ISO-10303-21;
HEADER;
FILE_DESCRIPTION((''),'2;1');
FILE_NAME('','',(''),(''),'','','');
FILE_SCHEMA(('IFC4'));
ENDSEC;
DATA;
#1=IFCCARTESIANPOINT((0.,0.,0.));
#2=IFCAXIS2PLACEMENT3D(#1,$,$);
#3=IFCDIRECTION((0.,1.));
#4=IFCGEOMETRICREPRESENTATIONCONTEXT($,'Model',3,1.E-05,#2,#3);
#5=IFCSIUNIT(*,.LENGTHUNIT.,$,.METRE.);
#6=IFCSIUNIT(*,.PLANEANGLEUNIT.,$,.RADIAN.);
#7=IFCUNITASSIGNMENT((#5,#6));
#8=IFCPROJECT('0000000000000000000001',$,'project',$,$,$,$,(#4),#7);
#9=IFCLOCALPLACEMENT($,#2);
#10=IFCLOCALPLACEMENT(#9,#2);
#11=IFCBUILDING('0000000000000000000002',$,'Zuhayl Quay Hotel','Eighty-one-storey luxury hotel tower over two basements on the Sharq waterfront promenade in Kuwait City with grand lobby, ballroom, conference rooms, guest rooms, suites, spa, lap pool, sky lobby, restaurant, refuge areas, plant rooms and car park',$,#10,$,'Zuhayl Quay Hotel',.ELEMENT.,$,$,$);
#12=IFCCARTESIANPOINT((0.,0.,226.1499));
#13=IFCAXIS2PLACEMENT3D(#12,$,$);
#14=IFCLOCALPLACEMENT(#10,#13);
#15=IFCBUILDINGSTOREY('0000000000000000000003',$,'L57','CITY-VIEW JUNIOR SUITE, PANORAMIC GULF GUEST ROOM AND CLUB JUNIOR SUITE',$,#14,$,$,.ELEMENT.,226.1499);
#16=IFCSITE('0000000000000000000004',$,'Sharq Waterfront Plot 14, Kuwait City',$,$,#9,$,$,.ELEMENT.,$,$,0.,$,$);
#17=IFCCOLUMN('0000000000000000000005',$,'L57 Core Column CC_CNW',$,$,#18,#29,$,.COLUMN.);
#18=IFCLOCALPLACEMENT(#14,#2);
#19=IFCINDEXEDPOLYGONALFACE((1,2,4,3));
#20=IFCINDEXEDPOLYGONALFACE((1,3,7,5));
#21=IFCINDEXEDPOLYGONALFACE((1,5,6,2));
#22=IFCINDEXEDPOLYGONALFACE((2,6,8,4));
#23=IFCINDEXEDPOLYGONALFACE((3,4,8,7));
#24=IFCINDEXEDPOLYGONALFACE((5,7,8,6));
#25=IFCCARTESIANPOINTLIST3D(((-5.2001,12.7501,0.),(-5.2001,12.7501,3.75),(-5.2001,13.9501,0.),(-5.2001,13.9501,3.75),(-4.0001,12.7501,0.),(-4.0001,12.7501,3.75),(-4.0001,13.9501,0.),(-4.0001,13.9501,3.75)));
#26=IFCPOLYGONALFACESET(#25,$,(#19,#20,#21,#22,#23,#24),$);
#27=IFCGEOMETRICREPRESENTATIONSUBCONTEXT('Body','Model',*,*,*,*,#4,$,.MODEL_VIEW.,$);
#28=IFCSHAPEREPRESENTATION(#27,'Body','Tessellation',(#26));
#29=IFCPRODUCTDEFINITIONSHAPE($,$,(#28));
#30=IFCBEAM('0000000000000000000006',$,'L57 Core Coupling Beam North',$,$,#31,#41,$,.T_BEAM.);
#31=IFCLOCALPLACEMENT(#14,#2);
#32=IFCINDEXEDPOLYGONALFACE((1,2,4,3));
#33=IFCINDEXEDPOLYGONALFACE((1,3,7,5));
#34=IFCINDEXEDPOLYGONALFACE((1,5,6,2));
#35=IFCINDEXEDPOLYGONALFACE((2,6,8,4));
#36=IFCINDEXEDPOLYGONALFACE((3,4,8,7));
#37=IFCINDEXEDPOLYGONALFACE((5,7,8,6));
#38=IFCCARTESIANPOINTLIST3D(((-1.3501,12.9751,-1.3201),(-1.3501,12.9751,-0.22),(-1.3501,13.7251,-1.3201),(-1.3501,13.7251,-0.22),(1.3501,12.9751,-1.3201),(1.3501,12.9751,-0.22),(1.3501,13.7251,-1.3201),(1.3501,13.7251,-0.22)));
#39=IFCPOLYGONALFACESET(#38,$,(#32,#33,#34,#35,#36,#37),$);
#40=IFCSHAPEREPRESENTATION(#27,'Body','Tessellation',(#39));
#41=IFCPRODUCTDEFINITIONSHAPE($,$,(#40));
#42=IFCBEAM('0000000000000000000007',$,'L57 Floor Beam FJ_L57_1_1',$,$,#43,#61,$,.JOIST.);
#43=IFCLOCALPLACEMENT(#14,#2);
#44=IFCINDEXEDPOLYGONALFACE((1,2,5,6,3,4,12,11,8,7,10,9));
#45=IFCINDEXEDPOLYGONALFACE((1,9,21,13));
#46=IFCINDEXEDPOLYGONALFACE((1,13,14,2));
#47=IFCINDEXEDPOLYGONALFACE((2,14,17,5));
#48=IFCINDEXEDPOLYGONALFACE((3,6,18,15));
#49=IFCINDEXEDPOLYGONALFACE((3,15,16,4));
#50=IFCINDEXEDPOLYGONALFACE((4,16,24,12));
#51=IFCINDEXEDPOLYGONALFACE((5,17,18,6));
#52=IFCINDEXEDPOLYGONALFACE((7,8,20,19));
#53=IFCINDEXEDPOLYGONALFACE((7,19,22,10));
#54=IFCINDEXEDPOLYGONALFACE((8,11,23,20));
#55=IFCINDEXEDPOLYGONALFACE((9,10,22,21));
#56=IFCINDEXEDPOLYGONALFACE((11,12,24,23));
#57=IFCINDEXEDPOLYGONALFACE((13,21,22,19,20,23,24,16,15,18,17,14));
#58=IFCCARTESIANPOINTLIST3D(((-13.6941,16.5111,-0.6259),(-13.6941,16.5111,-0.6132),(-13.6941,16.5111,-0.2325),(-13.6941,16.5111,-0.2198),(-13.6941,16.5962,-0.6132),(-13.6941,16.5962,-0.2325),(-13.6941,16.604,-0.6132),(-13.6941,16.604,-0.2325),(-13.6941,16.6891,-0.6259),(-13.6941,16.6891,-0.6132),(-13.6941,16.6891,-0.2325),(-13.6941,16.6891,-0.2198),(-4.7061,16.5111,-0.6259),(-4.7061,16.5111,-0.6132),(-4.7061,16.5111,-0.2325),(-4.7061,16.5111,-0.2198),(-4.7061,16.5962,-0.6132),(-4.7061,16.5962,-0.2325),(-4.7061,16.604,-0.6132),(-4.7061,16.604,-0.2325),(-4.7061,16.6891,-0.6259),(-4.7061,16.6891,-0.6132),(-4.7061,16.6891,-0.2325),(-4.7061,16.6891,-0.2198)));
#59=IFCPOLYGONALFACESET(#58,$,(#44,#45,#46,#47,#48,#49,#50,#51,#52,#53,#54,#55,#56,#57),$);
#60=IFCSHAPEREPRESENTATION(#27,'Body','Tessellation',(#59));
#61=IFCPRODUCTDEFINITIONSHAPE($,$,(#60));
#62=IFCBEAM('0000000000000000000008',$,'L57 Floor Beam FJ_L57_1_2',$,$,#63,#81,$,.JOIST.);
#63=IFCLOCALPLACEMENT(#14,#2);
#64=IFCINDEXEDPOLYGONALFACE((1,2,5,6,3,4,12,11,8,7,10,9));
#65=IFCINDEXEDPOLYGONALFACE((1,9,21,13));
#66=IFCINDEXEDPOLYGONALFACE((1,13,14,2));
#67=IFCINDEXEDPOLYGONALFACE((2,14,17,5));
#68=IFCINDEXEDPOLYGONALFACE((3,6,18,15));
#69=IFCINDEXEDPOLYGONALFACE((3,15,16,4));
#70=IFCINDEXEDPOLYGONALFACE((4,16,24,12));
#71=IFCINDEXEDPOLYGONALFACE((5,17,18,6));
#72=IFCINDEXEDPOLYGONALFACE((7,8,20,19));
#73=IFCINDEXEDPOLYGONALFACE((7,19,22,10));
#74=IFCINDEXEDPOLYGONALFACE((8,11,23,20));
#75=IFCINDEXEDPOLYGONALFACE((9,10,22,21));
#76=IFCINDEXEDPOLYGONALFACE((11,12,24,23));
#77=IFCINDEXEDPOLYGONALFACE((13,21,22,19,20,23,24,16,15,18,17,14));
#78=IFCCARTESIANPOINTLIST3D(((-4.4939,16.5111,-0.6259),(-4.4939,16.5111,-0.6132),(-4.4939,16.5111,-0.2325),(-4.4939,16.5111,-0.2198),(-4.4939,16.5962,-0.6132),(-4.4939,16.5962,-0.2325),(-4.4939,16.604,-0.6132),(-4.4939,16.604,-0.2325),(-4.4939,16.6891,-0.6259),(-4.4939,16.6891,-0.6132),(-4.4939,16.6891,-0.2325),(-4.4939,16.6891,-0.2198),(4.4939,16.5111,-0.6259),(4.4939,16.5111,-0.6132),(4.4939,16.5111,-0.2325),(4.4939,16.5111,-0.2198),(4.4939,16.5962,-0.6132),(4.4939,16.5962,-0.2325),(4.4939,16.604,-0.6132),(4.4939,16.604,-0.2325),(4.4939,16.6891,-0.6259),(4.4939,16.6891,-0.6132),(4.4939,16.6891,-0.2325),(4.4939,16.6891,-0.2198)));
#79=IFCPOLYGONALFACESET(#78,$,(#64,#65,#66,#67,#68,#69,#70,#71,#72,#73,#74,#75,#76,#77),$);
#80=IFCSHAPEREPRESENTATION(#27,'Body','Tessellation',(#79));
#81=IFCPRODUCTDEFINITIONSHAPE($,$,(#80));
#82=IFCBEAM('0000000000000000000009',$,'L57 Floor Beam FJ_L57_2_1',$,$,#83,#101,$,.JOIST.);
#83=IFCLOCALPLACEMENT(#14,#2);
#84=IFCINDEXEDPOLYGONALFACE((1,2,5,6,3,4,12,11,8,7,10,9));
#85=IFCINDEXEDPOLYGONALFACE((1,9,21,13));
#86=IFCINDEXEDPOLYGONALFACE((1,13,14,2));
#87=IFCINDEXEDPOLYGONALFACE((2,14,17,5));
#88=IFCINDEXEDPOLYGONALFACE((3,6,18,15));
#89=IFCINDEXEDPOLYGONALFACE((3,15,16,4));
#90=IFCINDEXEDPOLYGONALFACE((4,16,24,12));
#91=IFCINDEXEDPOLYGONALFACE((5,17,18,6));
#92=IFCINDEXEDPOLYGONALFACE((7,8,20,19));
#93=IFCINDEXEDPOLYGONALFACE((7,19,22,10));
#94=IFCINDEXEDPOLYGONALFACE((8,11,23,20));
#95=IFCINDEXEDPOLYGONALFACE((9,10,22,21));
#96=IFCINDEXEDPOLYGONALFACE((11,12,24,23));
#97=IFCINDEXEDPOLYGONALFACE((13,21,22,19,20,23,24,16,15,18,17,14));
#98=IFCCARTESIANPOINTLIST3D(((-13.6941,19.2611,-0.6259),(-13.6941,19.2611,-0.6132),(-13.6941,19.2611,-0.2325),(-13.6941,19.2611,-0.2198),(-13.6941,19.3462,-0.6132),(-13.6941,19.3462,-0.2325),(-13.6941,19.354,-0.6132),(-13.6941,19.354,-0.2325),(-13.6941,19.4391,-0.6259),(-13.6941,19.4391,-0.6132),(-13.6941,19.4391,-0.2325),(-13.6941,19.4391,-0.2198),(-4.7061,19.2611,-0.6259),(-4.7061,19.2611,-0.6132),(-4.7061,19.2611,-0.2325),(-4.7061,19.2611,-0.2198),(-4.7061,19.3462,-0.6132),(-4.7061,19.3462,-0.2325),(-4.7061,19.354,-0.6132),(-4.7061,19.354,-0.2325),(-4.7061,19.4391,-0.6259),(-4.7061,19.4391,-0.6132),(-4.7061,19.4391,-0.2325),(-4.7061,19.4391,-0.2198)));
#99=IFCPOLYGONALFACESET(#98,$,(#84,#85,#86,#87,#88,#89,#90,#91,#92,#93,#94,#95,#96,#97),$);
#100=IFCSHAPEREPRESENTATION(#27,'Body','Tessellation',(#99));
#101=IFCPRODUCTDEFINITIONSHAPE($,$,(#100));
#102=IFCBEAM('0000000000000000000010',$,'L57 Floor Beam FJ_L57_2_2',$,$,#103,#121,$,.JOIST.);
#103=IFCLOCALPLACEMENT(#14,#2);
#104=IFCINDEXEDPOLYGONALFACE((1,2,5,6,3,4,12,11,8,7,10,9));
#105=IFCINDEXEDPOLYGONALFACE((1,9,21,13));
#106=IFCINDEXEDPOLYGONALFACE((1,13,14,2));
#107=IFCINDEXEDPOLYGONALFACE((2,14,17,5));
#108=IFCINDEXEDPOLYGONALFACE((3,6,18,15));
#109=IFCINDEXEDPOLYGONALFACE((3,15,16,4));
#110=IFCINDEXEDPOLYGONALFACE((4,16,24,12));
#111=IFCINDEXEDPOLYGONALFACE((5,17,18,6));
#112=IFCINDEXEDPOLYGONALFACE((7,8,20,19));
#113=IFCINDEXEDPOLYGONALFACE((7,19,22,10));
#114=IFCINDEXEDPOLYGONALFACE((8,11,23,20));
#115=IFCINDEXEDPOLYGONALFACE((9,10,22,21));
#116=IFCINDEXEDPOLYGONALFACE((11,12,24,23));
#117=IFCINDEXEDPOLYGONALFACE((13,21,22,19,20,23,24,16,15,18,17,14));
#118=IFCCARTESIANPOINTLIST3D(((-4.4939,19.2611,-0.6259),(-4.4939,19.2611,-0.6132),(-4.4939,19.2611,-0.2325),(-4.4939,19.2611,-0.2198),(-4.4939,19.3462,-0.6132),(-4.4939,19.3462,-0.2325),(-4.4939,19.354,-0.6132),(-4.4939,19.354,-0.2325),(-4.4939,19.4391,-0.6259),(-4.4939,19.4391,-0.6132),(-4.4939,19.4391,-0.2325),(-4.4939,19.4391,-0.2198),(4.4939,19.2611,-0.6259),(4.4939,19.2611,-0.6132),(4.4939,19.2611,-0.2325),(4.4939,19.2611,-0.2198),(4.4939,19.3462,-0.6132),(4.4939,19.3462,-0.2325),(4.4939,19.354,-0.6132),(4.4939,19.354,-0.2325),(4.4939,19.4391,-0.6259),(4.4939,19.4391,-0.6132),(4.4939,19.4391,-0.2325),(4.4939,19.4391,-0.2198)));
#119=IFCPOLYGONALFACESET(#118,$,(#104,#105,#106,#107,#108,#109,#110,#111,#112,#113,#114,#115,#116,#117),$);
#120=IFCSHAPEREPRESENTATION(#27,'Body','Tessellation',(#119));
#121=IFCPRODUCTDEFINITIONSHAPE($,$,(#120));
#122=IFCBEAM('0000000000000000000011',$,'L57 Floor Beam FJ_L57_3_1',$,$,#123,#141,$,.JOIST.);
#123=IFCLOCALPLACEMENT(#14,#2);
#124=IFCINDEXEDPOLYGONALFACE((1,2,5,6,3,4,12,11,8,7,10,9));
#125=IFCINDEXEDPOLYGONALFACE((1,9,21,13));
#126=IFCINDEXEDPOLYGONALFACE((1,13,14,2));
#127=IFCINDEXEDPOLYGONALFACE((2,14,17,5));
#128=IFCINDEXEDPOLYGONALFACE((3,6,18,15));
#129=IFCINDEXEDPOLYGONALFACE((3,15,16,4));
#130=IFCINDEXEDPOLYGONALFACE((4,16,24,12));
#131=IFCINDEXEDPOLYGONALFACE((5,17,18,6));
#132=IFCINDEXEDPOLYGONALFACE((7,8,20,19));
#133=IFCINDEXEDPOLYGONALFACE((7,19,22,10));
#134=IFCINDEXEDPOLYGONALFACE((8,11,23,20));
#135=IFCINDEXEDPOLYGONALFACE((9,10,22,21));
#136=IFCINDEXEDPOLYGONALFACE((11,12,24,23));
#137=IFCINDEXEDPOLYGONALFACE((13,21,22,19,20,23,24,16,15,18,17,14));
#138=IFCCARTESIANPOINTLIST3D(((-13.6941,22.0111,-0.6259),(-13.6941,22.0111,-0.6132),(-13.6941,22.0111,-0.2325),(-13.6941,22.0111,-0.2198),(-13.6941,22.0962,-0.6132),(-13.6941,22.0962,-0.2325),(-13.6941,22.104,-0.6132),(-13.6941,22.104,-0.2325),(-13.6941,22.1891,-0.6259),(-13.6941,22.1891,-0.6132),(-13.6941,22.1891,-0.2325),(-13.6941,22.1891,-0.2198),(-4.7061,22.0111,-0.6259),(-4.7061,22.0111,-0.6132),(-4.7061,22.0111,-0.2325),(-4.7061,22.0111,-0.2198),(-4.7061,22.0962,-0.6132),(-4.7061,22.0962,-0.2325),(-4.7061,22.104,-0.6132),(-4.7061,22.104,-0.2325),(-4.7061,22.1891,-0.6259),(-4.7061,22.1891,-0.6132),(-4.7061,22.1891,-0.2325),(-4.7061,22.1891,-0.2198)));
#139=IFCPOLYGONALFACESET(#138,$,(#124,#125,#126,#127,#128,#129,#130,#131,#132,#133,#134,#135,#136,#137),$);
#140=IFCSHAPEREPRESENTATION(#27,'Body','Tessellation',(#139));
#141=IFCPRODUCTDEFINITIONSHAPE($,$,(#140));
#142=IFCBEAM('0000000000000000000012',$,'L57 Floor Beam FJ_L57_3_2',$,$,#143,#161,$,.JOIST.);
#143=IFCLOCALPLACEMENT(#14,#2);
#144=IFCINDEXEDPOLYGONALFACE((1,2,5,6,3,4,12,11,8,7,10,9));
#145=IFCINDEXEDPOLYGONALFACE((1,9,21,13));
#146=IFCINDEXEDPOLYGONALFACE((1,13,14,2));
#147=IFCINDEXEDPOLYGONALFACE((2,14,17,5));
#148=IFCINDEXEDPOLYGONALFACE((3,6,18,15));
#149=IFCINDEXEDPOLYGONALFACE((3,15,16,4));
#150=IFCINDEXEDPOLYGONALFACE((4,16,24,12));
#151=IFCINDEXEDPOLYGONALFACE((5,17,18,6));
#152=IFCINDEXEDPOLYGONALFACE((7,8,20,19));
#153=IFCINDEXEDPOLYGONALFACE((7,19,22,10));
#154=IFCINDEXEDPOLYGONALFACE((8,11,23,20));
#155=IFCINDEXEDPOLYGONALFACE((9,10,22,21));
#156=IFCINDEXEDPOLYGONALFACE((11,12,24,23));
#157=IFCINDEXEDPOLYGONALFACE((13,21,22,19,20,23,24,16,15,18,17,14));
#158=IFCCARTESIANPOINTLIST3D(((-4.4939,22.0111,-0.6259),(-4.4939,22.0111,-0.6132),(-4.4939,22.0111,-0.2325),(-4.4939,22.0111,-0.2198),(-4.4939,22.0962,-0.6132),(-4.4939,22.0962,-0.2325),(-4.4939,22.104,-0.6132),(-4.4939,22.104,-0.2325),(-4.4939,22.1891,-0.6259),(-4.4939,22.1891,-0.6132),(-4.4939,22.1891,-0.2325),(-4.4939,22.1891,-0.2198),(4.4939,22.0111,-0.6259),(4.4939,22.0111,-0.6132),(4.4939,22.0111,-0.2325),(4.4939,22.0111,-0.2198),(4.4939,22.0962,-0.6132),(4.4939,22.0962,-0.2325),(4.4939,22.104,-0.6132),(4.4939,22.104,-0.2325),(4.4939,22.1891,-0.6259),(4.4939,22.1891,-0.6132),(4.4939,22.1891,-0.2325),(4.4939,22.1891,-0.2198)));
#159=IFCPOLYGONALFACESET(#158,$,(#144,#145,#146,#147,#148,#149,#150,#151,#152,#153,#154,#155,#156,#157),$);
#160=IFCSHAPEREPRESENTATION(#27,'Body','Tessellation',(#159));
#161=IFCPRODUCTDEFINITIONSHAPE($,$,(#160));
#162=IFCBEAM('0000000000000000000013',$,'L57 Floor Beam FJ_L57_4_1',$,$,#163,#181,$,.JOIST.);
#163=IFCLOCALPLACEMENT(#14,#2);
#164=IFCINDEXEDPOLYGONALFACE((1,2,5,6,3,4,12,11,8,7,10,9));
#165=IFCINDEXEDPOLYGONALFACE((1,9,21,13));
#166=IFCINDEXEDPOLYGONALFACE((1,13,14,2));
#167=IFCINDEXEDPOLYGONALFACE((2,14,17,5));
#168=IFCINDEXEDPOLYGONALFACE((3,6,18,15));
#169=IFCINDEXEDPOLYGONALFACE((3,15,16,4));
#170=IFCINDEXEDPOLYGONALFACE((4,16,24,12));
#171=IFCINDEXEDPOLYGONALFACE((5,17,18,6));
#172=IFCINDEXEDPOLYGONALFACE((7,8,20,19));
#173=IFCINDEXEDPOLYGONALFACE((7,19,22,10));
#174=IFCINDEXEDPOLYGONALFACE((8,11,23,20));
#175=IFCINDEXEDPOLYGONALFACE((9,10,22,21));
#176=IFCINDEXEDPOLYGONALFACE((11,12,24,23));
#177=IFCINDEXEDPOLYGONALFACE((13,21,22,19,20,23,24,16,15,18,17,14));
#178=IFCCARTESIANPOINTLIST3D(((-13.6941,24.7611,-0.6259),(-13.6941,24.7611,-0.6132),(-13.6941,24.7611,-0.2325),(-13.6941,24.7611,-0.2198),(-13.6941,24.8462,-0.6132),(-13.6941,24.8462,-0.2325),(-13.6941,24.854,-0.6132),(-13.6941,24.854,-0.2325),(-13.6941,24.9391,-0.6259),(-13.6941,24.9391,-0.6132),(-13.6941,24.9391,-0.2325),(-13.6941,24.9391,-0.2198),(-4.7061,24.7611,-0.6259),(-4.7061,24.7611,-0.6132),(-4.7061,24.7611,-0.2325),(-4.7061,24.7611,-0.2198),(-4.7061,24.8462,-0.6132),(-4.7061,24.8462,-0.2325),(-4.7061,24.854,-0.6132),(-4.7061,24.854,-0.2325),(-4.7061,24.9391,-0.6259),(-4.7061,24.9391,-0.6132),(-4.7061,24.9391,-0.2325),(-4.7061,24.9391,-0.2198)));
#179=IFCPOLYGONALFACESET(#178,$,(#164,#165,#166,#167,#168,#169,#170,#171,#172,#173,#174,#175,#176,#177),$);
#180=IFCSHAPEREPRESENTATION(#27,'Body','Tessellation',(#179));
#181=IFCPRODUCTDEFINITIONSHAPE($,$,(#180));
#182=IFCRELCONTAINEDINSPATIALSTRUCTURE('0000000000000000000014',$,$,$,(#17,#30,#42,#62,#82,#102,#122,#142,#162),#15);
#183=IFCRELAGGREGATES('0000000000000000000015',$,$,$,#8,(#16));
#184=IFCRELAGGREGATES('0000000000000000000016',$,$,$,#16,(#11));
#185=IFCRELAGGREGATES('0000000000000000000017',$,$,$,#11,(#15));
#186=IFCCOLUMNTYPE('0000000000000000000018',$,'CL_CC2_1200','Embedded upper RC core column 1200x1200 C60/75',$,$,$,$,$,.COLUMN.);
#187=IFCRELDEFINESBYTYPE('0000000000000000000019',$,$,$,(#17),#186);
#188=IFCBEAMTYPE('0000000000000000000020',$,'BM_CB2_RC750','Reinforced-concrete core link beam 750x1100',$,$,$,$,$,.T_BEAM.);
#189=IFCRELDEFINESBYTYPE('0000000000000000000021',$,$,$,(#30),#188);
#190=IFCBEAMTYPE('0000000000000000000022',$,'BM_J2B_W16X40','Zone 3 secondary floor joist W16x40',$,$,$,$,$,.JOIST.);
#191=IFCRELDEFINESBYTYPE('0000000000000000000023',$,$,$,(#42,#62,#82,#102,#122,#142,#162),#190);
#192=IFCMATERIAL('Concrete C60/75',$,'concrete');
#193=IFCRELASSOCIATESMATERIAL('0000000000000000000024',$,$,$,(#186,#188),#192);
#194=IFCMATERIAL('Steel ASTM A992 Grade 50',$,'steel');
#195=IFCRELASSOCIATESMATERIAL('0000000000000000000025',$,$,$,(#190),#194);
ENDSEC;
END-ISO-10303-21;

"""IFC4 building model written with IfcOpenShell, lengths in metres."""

from ifc_helpers import new_model, si_unit, direction, frame, origin, origin_2d, place, context, subcontext, project, spatial, rectangle, i_section, extrude, material, material_profile, profile_set, type_object, element, save


model = new_model("IFC4")

# Units and contexts
model_context = context("Model", 3, precision=1e-05, world=origin(), true_north=direction((0.0, 1.0)))
body_context = subcontext(model_context, "Body", "Model", "MODEL_VIEW")
ifc_project = project(units=[si_unit("LENGTHUNIT", "METRE"), si_unit("PLANEANGLEUNIT", "RADIAN")], contexts=[model_context])

# Site, building, storey
site_placement = place(None, origin())
site = spatial("IfcSite", under=ifc_project, at=site_placement, Name="Sharq Waterfront Plot 14, Kuwait City", CompositionType="ELEMENT", RefElevation=0.0)
building_placement = place(site_placement, origin())
building = spatial("IfcBuilding", under=site, at=building_placement, Name="Zuhayl Quay Hotel", Description="Eighty-one-storey luxury hotel tower over two basements on the Sharq waterfront promenade in Kuwait City with grand lobby, ballroom, conference rooms, guest rooms, suites, spa, lap pool, sky lobby, restaurant, refuge areas, plant rooms and car park", LongName="Zuhayl Quay Hotel", CompositionType="ELEMENT")
storey_placement = place(building_placement, frame((0.0, 0.0, 226.1499)))
storey = spatial("IfcBuildingStorey", under=building, at=storey_placement, Name="L57", Description="CITY-VIEW JUNIOR SUITE, PANORAMIC GULF GUEST ROOM AND CLUB JUNIOR SUITE", CompositionType="ELEMENT", Elevation=226.1499)

# Column
ifc_material_1 = material(Name="Concrete C60/75", Category="concrete")
ifc_material_profile_1 = material_profile(ifc_material_1, rectangle(XDim=1.2, YDim=1.2, at=origin_2d()), Name="RC1200X1200")
ifc_profile_set_1 = profile_set([ifc_material_profile_1], Name="Concrete C60/75")
column_type = type_object("IfcColumnType", Name="CL_CC2_1200", Description="Embedded upper RC core column 1200x1200 C60/75", PredefinedType="COLUMN", material=ifc_profile_set_1)
column_placement = place(storey_placement, frame((-4.6001, 13.3501, 0.0), z_axis=(0.0, 0.0, 1.0), x_axis=(1.0, 0.0, 0.0)))
element("IfcColumn", 1, at=column_placement, inside=storey, type_object=column_type, Name="L57 Core Column CC_CNW", PredefinedType="COLUMN", context=body_context, shape_type="SweptSolid", body=[
    extrude(rectangle(XDim=1.2, YDim=1.2, at=origin_2d()), origin(), (0.0, 0.0, 1.0), 3.75),
])

# Beams
ifc_material_profile_2 = material_profile(ifc_material_1, rectangle(XDim=0.75, YDim=1.1001, at=origin_2d()), Name="RC750X1100")
ifc_profile_set_2 = profile_set([ifc_material_profile_2], Name="Concrete C60/75")
beam_type_1 = type_object("IfcBeamType", Name="BM_CB2_RC750", Description="Reinforced-concrete core link beam 750x1100", PredefinedType="T_BEAM", material=ifc_profile_set_2)
beam_1_placement = place(storey_placement, frame((-1.3501, 13.3501, -0.77), z_axis=(1.0, 0.0, 0.0), x_axis=(0.0, 1.0, 0.0)))
element("IfcBeam", 2, at=beam_1_placement, inside=storey, type_object=beam_type_1, Name="L57 Core Coupling Beam North", PredefinedType="T_BEAM", context=body_context, shape_type="SweptSolid", body=[
    extrude(rectangle(XDim=0.75, YDim=1.1001, at=origin_2d()), origin(), (0.0, 0.0, 1.0), 2.7002),
])
ifc_material_2 = material(Name="Steel ASTM A992 Grade 50", Category="steel")
ifc_material_profile_3 = material_profile(ifc_material_2, i_section(OverallWidth=0.178, OverallDepth=0.406, WebThickness=0.0078, FlangeThickness=0.0127, at=origin_2d()), Name="W16X40")
ifc_profile_set_3 = profile_set([ifc_material_profile_3], Name="Steel ASTM A992 Grade 50")
beam_type_2 = type_object("IfcBeamType", Name="BM_J2B_W16X40", Description="Zone 3 secondary floor joist W16x40", PredefinedType="JOIST", material=ifc_profile_set_3)
beam_2_placement = place(storey_placement, frame((-13.6941, 16.6001, -0.4229), z_axis=(1.0, 0.0, 0.0), x_axis=(0.0, 1.0, 0.0)))
element("IfcBeam", 3, at=beam_2_placement, inside=storey, type_object=beam_type_2, Name="L57 Floor Beam FJ_L57_1_1", PredefinedType="JOIST", context=body_context, shape_type="SweptSolid", body=[
    extrude(i_section(OverallWidth=0.178, OverallDepth=0.406, WebThickness=0.0078, FlangeThickness=0.0127, at=origin_2d()), origin(), (0.0, 0.0, 1.0), 8.988),
])
beam_3_placement = place(storey_placement, frame((-4.4939, 16.6001, -0.4229), z_axis=(1.0, 0.0, 0.0), x_axis=(0.0, 1.0, 0.0)))
element("IfcBeam", 4, at=beam_3_placement, inside=storey, type_object=beam_type_2, Name="L57 Floor Beam FJ_L57_1_2", PredefinedType="JOIST", context=body_context, shape_type="SweptSolid", body=[
    extrude(i_section(OverallWidth=0.178, OverallDepth=0.406, WebThickness=0.0078, FlangeThickness=0.0127, at=origin_2d()), origin(), (0.0, 0.0, 1.0), 8.9878),
])
beam_4_placement = place(storey_placement, frame((-13.6941, 19.3501, -0.4229), z_axis=(1.0, 0.0, 0.0), x_axis=(0.0, 1.0, 0.0)))
element("IfcBeam", 5, at=beam_4_placement, inside=storey, type_object=beam_type_2, Name="L57 Floor Beam FJ_L57_2_1", PredefinedType="JOIST", context=body_context, shape_type="SweptSolid", body=[
    extrude(i_section(OverallWidth=0.178, OverallDepth=0.406, WebThickness=0.0078, FlangeThickness=0.0127, at=origin_2d()), origin(), (0.0, 0.0, 1.0), 8.988),
])
beam_5_placement = place(storey_placement, frame((-4.4939, 19.3501, -0.4229), z_axis=(1.0, 0.0, 0.0), x_axis=(0.0, 1.0, 0.0)))
element("IfcBeam", 6, at=beam_5_placement, inside=storey, type_object=beam_type_2, Name="L57 Floor Beam FJ_L57_2_2", PredefinedType="JOIST", context=body_context, shape_type="SweptSolid", body=[
    extrude(i_section(OverallWidth=0.178, OverallDepth=0.406, WebThickness=0.0078, FlangeThickness=0.0127, at=origin_2d()), origin(), (0.0, 0.0, 1.0), 8.9878),
])
beam_6_placement = place(storey_placement, frame((-13.6941, 22.1001, -0.4229), z_axis=(1.0, 0.0, 0.0), x_axis=(0.0, 1.0, 0.0)))
element("IfcBeam", 7, at=beam_6_placement, inside=storey, type_object=beam_type_2, Name="L57 Floor Beam FJ_L57_3_1", PredefinedType="JOIST", context=body_context, shape_type="SweptSolid", body=[
    extrude(i_section(OverallWidth=0.178, OverallDepth=0.406, WebThickness=0.0078, FlangeThickness=0.0127, at=origin_2d()), origin(), (0.0, 0.0, 1.0), 8.988),
])
beam_7_placement = place(storey_placement, frame((-4.4939, 22.1001, -0.4229), z_axis=(1.0, 0.0, 0.0), x_axis=(0.0, 1.0, 0.0)))
element("IfcBeam", 8, at=beam_7_placement, inside=storey, type_object=beam_type_2, Name="L57 Floor Beam FJ_L57_3_2", PredefinedType="JOIST", context=body_context, shape_type="SweptSolid", body=[
    extrude(i_section(OverallWidth=0.178, OverallDepth=0.406, WebThickness=0.0078, FlangeThickness=0.0127, at=origin_2d()), origin(), (0.0, 0.0, 1.0), 8.9878),
])
beam_8_placement = place(storey_placement, frame((-13.6941, 24.8501, -0.4229), z_axis=(1.0, 0.0, 0.0), x_axis=(0.0, 1.0, 0.0)))
element("IfcBeam", 9, at=beam_8_placement, inside=storey, type_object=beam_type_2, Name="L57 Floor Beam FJ_L57_4_1", PredefinedType="JOIST", context=body_context, shape_type="SweptSolid", body=[
    extrude(i_section(OverallWidth=0.178, OverallDepth=0.406, WebThickness=0.0078, FlangeThickness=0.0127, at=origin_2d()), origin(), (0.0, 0.0, 1.0), 8.988),
])

save(model, "model.ifc")
